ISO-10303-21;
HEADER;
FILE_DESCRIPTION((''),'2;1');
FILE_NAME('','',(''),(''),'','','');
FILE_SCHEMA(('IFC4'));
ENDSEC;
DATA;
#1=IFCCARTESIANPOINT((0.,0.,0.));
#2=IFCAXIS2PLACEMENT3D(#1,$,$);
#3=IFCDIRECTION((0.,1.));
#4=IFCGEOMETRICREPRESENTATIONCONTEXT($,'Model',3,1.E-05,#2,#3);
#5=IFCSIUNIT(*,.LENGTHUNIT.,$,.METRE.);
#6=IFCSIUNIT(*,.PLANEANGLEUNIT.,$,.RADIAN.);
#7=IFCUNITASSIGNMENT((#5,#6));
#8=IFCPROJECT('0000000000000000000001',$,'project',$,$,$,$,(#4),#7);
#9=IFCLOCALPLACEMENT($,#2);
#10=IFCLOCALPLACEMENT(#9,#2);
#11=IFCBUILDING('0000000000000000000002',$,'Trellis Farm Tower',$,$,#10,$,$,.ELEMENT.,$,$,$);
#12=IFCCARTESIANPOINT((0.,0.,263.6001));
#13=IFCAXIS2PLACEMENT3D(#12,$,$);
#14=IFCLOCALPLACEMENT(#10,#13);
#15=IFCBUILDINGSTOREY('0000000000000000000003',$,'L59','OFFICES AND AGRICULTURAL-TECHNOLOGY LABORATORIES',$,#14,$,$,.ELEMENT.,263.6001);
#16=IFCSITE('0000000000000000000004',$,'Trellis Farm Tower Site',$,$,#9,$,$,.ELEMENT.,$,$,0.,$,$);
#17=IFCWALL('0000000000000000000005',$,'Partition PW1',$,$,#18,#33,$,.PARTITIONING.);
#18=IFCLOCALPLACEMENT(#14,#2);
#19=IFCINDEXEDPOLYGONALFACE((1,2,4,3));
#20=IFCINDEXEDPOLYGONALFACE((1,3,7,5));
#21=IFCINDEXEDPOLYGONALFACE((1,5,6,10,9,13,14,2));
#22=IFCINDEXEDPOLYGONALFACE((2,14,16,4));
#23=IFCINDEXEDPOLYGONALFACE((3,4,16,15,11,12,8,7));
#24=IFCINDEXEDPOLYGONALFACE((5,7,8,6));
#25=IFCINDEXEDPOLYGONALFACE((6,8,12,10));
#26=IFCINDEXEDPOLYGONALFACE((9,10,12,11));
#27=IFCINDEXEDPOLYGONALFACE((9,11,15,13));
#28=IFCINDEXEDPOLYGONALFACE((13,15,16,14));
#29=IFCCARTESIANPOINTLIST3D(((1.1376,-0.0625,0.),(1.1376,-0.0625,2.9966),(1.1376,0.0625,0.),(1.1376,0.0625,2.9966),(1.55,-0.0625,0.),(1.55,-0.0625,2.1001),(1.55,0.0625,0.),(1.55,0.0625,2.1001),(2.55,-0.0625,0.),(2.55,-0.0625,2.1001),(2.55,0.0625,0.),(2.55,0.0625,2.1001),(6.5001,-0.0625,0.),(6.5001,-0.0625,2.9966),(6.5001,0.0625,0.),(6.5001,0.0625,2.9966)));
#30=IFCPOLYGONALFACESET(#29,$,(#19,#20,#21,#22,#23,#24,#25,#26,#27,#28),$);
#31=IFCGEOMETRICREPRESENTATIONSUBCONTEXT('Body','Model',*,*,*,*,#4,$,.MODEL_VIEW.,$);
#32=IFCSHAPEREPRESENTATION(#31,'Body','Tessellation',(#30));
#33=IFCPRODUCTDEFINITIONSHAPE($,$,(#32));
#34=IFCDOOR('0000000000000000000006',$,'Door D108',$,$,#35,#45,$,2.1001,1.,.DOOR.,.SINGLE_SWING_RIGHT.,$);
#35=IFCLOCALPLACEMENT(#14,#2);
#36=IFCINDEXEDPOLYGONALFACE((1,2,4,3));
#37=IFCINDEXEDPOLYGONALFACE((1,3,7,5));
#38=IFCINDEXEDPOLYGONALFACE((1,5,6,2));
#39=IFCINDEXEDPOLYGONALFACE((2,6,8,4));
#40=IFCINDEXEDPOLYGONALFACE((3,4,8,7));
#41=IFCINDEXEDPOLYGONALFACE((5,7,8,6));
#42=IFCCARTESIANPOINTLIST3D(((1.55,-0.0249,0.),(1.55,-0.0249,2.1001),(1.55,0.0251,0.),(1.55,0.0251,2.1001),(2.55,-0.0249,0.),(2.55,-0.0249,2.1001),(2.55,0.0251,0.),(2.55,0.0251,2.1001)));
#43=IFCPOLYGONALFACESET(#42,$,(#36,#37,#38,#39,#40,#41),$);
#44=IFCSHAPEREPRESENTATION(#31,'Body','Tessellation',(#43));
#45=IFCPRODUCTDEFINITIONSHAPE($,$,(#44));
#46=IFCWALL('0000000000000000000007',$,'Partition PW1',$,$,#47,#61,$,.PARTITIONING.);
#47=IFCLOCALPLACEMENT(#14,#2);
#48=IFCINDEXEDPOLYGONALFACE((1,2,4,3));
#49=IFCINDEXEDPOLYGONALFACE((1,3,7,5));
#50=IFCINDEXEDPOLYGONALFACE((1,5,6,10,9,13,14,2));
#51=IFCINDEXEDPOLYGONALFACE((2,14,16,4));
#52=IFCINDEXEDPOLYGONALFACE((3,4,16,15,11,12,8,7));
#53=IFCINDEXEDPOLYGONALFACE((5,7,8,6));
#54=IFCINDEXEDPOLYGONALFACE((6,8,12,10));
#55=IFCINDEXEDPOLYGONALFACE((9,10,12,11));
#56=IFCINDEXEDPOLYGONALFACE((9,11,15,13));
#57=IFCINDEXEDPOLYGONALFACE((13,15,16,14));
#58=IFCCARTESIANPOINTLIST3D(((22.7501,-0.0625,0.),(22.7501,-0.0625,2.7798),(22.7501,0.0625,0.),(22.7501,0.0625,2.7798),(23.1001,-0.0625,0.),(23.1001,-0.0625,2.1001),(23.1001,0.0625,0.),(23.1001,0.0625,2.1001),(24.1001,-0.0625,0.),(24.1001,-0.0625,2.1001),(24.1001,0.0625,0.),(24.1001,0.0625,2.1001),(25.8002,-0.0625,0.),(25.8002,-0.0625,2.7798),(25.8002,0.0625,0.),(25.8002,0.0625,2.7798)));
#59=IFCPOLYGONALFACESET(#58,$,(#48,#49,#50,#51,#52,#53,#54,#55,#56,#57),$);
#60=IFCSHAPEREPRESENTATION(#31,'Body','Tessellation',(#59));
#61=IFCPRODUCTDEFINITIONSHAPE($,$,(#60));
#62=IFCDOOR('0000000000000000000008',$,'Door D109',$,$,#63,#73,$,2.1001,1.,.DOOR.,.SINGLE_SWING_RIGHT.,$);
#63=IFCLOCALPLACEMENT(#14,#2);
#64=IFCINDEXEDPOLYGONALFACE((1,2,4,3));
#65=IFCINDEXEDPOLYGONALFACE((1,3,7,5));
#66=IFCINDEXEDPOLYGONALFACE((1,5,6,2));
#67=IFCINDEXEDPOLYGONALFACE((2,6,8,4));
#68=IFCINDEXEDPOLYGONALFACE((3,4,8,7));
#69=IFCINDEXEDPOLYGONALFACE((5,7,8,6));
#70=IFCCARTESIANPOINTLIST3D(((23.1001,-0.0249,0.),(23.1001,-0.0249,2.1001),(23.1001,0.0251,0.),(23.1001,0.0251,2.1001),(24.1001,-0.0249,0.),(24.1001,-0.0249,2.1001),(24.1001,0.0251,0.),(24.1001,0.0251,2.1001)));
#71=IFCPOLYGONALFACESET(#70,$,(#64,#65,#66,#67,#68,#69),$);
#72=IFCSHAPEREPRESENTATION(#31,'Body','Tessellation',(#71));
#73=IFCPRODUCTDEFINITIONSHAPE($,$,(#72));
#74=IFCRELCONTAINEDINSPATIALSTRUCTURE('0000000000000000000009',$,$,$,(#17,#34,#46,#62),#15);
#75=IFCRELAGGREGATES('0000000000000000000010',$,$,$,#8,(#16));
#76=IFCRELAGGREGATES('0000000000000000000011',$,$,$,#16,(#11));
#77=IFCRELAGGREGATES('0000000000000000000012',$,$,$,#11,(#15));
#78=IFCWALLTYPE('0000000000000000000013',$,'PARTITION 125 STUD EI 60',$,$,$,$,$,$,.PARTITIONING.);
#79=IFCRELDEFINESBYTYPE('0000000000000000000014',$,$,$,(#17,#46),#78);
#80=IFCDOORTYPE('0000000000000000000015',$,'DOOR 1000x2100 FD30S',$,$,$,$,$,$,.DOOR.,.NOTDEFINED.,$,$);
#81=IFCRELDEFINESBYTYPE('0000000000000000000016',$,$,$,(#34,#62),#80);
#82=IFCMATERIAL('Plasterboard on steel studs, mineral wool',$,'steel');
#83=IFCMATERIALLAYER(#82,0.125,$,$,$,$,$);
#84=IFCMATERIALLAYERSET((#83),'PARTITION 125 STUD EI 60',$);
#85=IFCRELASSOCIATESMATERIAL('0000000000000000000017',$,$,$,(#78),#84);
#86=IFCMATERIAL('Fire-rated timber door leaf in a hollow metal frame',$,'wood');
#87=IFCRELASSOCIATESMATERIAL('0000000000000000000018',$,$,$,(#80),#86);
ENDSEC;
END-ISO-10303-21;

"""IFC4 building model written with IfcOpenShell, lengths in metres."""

from ifc_helpers import new_model, si_unit, direction, frame, frame_2d, origin, place, context, subcontext, project, spatial, rectangle, extrude, source, transform, mapped, material, layer, layer_set, type_object, element, fill, save


model = new_model("IFC4")

# Units and contexts
model_context = context("Model", 3, precision=1e-05, world=origin(), true_north=direction((0.0, 1.0)))
body_context = subcontext(model_context, "Body", "Model", "MODEL_VIEW")
ifc_project = project(units=[si_unit("LENGTHUNIT", "METRE"), si_unit("PLANEANGLEUNIT", "RADIAN")], contexts=[model_context])

# Site, building, storey
site_placement = place(None, origin())
site = spatial("IfcSite", under=ifc_project, at=site_placement, Name="Trellis Farm Tower Site", CompositionType="ELEMENT", RefElevation=0.0)
building_placement = place(site_placement, origin())
building = spatial("IfcBuilding", under=site, at=building_placement, Name="Trellis Farm Tower", CompositionType="ELEMENT")
storey_placement = place(building_placement, frame((0.0, 0.0, 263.6001)))
storey = spatial("IfcBuildingStorey", under=building, at=storey_placement, Name="L59", Description="OFFICES AND AGRICULTURAL-TECHNOLOGY LABORATORIES", CompositionType="ELEMENT", Elevation=263.6001)

# Walls, openings, doors
ifc_material_1 = material(Name="Plasterboard on steel studs, mineral wool", Category="steel")
ifc_layer_1 = layer(ifc_material_1, 0.125)
ifc_layer_set_1 = layer_set([ifc_layer_1], Name="PARTITION 125 STUD EI 60")
wall_type_1 = type_object("IfcWallType", Name="PARTITION 125 STUD EI 60", PredefinedType="PARTITIONING", material=ifc_layer_set_1)
shared_shape_1 = source(origin(), body_context, "Body", "SweptSolid", [
    extrude(rectangle(XDim=5.3625, YDim=0.125, at=frame_2d((2.6812, 0.0))), origin(), (0.0, 0.0, 1.0), 2.9966),
])
wall_1_placement = place(storey_placement, frame((6.5, 0.0, 0.0), z_axis=(0.0, 0.0, 1.0), x_axis=(-1.0, 0.0, 0.0)))
wall_1 = element("IfcWall", 1, at=wall_1_placement, inside=storey, type_object=wall_type_1, Name="Partition PW1", PredefinedType="PARTITIONING", context=body_context, shape_type="MappedRepresentation", body=[
    mapped(shared_shape_1, transform((0.0, 0.0, 0.0))),
])
shared_shape_2 = source(origin(), body_context, "Body", "SweptSolid", [
    extrude(rectangle(XDim=1.0, YDim=2.1001, at=frame_2d((0.5, 1.05))), frame((0.0, 0.0725, 0.0), z_axis=(0.0, -1.0, 0.0), x_axis=(1.0, 0.0, 0.0)), (0.0, 0.0, 1.0), 0.145),
])
opening_1_placement = place(wall_1_placement, frame((3.95, 0.0, 0.0)))
opening_1 = element("IfcOpeningElement", 2, at=opening_1_placement, cuts=wall_1, PredefinedType="OPENING", context=body_context, shape_type="MappedRepresentation", body=[
    mapped(shared_shape_2, transform((0.0, 0.0, 0.0))),
])
ifc_material_2 = material(Name="Fire-rated timber door leaf in a hollow metal frame", Category="wood")
door_type_1 = type_object("IfcDoorType", Name="DOOR 1000x2100 FD30S", OperationType="NOTDEFINED", PredefinedType="DOOR", material=ifc_material_2)
shared_shape_3 = source(origin(), body_context, "Body", "SweptSolid", [
    extrude(rectangle(XDim=1.0, YDim=2.1001, at=frame_2d((0.5, 1.05))), frame((0.0, 0.0249, 0.0), z_axis=(0.0, -1.0, 0.0), x_axis=(1.0, 0.0, 0.0)), (0.0, 0.0, 1.0), 0.05),
])
door_1_placement = place(opening_1_placement, origin())
door_1 = element("IfcDoor", 3, at=door_1_placement, inside=storey, type_object=door_type_1, Name="Door D108", OperationType="SINGLE_SWING_RIGHT", OverallHeight=2.1001, OverallWidth=1.0, PredefinedType="DOOR", context=body_context, shape_type="MappedRepresentation", body=[
    mapped(shared_shape_3, transform((0.0, 0.0, 0.0))),
])
fill(opening_1, door_1)
shared_shape_4 = source(origin(), body_context, "Body", "SweptSolid", [
    extrude(rectangle(XDim=3.05, YDim=0.125, at=frame_2d((1.5249, 0.0))), origin(), (0.0, 0.0, 1.0), 2.7798),
])
wall_2_placement = place(storey_placement, frame((25.8, 0.0, 0.0), z_axis=(0.0, 0.0, 1.0), x_axis=(-1.0, 0.0, 0.0)))
wall_2 = element("IfcWall", 4, at=wall_2_placement, inside=storey, type_object=wall_type_1, Name="Partition PW1", PredefinedType="PARTITIONING", context=body_context, shape_type="MappedRepresentation", body=[
    mapped(shared_shape_4, transform((0.0, 0.0, 0.0))),
])
opening_2_placement = place(wall_2_placement, frame((1.7, 0.0, 0.0)))
opening_2 = element("IfcOpeningElement", 5, at=opening_2_placement, cuts=wall_2, PredefinedType="OPENING", context=body_context, shape_type="MappedRepresentation", body=[
    mapped(shared_shape_2, transform((0.0, 0.0, 0.0))),
])
door_2_placement = place(opening_2_placement, origin())
door_2 = element("IfcDoor", 6, at=door_2_placement, inside=storey, type_object=door_type_1, Name="Door D109", OperationType="SINGLE_SWING_RIGHT", OverallHeight=2.1001, OverallWidth=1.0, PredefinedType="DOOR", context=body_context, shape_type="MappedRepresentation", body=[
    mapped(shared_shape_3, transform((0.0, 0.0, 0.0))),
])
fill(opening_2, door_2)

save(model, "model.ifc")
